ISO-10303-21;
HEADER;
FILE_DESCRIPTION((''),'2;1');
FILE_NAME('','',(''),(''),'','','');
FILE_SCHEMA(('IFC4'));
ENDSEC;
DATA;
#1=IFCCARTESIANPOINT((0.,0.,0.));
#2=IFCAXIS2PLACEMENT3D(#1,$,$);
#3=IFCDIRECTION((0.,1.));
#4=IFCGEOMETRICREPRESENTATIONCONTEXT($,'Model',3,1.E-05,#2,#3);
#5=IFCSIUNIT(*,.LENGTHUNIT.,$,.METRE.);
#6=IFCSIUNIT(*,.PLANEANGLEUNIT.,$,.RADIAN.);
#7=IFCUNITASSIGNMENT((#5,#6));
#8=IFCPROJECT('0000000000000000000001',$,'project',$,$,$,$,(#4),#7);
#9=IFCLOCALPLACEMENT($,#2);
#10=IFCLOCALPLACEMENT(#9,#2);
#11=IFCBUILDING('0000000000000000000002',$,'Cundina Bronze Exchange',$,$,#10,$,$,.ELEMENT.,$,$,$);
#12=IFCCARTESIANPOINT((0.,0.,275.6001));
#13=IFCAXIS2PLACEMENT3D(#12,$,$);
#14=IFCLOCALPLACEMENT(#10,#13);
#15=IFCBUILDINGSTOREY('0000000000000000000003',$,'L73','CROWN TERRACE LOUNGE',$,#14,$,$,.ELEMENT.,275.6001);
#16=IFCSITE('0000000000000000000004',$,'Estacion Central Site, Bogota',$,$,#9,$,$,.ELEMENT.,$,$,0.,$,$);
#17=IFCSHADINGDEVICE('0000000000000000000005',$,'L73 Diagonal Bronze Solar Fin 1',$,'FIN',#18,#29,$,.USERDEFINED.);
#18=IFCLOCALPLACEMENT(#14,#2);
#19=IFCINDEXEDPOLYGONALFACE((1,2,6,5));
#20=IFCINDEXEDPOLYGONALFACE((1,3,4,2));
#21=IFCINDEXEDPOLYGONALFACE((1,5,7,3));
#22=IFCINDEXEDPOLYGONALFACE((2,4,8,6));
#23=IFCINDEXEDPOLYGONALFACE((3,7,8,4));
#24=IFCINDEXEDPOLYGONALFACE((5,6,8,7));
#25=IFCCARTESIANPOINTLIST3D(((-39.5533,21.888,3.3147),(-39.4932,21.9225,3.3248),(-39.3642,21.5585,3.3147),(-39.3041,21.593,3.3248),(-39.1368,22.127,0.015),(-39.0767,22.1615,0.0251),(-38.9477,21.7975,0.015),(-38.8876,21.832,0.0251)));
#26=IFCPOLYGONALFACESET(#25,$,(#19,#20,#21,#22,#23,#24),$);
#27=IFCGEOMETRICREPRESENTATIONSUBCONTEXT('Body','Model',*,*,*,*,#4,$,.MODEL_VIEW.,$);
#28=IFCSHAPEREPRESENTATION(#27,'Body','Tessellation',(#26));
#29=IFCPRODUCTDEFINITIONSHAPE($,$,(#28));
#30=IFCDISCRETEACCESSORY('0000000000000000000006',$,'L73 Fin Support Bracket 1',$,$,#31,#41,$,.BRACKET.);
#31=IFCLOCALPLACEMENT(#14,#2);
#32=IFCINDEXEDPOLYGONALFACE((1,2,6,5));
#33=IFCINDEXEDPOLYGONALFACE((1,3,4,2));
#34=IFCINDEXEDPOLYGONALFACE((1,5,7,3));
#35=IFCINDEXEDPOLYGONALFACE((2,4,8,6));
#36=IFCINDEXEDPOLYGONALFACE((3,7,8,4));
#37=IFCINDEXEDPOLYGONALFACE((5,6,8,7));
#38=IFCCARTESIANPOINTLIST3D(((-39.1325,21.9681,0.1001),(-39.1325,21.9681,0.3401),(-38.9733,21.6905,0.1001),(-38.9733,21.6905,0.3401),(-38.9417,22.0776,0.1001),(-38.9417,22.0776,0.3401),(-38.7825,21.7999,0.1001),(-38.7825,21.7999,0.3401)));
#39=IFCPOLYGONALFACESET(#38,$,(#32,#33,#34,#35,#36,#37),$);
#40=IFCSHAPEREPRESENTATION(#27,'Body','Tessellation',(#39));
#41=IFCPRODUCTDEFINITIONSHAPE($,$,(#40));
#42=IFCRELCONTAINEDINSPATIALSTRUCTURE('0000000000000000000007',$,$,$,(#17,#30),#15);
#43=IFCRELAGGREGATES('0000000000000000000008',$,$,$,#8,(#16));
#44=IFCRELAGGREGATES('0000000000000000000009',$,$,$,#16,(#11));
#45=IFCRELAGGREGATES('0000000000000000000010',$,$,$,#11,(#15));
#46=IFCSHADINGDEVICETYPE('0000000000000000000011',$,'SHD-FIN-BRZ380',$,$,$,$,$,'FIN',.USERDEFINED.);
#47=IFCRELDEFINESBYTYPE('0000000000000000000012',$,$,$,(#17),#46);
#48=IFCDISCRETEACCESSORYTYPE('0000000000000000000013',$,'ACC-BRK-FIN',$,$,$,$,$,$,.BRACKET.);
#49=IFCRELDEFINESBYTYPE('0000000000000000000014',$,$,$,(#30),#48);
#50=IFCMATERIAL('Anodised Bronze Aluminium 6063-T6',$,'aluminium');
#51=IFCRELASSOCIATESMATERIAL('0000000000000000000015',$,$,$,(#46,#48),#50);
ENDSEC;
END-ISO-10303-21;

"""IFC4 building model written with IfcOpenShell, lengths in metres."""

from ifc_helpers import new_model, si_unit, direction, frame, origin, origin_2d, place, context, subcontext, project, spatial, rectangle, extrude, material, material_profile, profile_set, type_object, element, save


model = new_model("IFC4")

# Units and contexts
model_context = context("Model", 3, precision=1e-05, world=origin(), true_north=direction((0.0, 1.0)))
body_context = subcontext(model_context, "Body", "Model", "MODEL_VIEW")
ifc_project = project(units=[si_unit("LENGTHUNIT", "METRE"), si_unit("PLANEANGLEUNIT", "RADIAN")], contexts=[model_context])

# Site, building, storey
site_placement = place(None, origin())
site = spatial("IfcSite", under=ifc_project, at=site_placement, Name="Estacion Central Site, Bogota", CompositionType="ELEMENT", RefElevation=0.0)
building_placement = place(site_placement, origin())
building = spatial("IfcBuilding", under=site, at=building_placement, Name="Cundina Bronze Exchange", CompositionType="ELEMENT")
storey_placement = place(building_placement, frame((0.0, 0.0, 275.6001)))
storey = spatial("IfcBuildingStorey", under=building, at=storey_placement, Name="L73", Description="CROWN TERRACE LOUNGE", CompositionType="ELEMENT", Elevation=275.6001)

# Shared definitions
ifc_material_1 = material(Name="Anodised Bronze Aluminium 6063-T6", Category="aluminium")

# Shading device
ifc_material_profile_1 = material_profile(ifc_material_1, rectangle(XDim=0.0701, YDim=0.3799, at=origin_2d()), Name="FIN70X380", Category="aluminium")
ifc_profile_set_1 = profile_set([ifc_material_profile_1], Name="Anodised Bronze Aluminium 6063-T6")
shading_device_type = type_object("IfcShadingDeviceType", Name="SHD-FIN-BRZ380", ElementType="FIN", PredefinedType="USERDEFINED", material=ifc_profile_set_1)
shading_device_placement = place(storey_placement, frame((-39.0122, 21.9795, 0.02), z_axis=(-0.124905, -0.071678, 0.989576), x_axis=(0.858293, 0.492538, 0.14401)))
element("IfcShadingDevice", 1, at=shading_device_placement, inside=storey, type_object=shading_device_type, Name="L73 Diagonal Bronze Solar Fin 1", ObjectType="FIN", PredefinedType="USERDEFINED", context=body_context, shape_type="SweptSolid", body=[
    extrude(rectangle(XDim=0.0701, YDim=0.3799, at=origin_2d()), origin(), (0.0, 0.0, 1.0), 3.3345),
])

# Discrete accessory
discrete_accessory_type = type_object("IfcDiscreteAccessoryType", Name="ACC-BRK-FIN", PredefinedType="BRACKET", material=ifc_material_1)
discrete_accessory_placement = place(storey_placement, frame((-38.9575, 21.884, 0.1001), z_axis=(0.0, 0.0, 1.0), x_axis=(-0.867453, -0.497519, 0.0)))
element("IfcDiscreteAccessory", 2, at=discrete_accessory_placement, inside=storey, type_object=discrete_accessory_type, Name="L73 Fin Support Bracket 1", PredefinedType="BRACKET", context=body_context, shape_type="SweptSolid", body=[
    extrude(rectangle(XDim=0.22, YDim=0.3201, at=origin_2d()), origin(), (0.0, 0.0, 1.0), 0.24),
])

save(model, "model.ifc")
